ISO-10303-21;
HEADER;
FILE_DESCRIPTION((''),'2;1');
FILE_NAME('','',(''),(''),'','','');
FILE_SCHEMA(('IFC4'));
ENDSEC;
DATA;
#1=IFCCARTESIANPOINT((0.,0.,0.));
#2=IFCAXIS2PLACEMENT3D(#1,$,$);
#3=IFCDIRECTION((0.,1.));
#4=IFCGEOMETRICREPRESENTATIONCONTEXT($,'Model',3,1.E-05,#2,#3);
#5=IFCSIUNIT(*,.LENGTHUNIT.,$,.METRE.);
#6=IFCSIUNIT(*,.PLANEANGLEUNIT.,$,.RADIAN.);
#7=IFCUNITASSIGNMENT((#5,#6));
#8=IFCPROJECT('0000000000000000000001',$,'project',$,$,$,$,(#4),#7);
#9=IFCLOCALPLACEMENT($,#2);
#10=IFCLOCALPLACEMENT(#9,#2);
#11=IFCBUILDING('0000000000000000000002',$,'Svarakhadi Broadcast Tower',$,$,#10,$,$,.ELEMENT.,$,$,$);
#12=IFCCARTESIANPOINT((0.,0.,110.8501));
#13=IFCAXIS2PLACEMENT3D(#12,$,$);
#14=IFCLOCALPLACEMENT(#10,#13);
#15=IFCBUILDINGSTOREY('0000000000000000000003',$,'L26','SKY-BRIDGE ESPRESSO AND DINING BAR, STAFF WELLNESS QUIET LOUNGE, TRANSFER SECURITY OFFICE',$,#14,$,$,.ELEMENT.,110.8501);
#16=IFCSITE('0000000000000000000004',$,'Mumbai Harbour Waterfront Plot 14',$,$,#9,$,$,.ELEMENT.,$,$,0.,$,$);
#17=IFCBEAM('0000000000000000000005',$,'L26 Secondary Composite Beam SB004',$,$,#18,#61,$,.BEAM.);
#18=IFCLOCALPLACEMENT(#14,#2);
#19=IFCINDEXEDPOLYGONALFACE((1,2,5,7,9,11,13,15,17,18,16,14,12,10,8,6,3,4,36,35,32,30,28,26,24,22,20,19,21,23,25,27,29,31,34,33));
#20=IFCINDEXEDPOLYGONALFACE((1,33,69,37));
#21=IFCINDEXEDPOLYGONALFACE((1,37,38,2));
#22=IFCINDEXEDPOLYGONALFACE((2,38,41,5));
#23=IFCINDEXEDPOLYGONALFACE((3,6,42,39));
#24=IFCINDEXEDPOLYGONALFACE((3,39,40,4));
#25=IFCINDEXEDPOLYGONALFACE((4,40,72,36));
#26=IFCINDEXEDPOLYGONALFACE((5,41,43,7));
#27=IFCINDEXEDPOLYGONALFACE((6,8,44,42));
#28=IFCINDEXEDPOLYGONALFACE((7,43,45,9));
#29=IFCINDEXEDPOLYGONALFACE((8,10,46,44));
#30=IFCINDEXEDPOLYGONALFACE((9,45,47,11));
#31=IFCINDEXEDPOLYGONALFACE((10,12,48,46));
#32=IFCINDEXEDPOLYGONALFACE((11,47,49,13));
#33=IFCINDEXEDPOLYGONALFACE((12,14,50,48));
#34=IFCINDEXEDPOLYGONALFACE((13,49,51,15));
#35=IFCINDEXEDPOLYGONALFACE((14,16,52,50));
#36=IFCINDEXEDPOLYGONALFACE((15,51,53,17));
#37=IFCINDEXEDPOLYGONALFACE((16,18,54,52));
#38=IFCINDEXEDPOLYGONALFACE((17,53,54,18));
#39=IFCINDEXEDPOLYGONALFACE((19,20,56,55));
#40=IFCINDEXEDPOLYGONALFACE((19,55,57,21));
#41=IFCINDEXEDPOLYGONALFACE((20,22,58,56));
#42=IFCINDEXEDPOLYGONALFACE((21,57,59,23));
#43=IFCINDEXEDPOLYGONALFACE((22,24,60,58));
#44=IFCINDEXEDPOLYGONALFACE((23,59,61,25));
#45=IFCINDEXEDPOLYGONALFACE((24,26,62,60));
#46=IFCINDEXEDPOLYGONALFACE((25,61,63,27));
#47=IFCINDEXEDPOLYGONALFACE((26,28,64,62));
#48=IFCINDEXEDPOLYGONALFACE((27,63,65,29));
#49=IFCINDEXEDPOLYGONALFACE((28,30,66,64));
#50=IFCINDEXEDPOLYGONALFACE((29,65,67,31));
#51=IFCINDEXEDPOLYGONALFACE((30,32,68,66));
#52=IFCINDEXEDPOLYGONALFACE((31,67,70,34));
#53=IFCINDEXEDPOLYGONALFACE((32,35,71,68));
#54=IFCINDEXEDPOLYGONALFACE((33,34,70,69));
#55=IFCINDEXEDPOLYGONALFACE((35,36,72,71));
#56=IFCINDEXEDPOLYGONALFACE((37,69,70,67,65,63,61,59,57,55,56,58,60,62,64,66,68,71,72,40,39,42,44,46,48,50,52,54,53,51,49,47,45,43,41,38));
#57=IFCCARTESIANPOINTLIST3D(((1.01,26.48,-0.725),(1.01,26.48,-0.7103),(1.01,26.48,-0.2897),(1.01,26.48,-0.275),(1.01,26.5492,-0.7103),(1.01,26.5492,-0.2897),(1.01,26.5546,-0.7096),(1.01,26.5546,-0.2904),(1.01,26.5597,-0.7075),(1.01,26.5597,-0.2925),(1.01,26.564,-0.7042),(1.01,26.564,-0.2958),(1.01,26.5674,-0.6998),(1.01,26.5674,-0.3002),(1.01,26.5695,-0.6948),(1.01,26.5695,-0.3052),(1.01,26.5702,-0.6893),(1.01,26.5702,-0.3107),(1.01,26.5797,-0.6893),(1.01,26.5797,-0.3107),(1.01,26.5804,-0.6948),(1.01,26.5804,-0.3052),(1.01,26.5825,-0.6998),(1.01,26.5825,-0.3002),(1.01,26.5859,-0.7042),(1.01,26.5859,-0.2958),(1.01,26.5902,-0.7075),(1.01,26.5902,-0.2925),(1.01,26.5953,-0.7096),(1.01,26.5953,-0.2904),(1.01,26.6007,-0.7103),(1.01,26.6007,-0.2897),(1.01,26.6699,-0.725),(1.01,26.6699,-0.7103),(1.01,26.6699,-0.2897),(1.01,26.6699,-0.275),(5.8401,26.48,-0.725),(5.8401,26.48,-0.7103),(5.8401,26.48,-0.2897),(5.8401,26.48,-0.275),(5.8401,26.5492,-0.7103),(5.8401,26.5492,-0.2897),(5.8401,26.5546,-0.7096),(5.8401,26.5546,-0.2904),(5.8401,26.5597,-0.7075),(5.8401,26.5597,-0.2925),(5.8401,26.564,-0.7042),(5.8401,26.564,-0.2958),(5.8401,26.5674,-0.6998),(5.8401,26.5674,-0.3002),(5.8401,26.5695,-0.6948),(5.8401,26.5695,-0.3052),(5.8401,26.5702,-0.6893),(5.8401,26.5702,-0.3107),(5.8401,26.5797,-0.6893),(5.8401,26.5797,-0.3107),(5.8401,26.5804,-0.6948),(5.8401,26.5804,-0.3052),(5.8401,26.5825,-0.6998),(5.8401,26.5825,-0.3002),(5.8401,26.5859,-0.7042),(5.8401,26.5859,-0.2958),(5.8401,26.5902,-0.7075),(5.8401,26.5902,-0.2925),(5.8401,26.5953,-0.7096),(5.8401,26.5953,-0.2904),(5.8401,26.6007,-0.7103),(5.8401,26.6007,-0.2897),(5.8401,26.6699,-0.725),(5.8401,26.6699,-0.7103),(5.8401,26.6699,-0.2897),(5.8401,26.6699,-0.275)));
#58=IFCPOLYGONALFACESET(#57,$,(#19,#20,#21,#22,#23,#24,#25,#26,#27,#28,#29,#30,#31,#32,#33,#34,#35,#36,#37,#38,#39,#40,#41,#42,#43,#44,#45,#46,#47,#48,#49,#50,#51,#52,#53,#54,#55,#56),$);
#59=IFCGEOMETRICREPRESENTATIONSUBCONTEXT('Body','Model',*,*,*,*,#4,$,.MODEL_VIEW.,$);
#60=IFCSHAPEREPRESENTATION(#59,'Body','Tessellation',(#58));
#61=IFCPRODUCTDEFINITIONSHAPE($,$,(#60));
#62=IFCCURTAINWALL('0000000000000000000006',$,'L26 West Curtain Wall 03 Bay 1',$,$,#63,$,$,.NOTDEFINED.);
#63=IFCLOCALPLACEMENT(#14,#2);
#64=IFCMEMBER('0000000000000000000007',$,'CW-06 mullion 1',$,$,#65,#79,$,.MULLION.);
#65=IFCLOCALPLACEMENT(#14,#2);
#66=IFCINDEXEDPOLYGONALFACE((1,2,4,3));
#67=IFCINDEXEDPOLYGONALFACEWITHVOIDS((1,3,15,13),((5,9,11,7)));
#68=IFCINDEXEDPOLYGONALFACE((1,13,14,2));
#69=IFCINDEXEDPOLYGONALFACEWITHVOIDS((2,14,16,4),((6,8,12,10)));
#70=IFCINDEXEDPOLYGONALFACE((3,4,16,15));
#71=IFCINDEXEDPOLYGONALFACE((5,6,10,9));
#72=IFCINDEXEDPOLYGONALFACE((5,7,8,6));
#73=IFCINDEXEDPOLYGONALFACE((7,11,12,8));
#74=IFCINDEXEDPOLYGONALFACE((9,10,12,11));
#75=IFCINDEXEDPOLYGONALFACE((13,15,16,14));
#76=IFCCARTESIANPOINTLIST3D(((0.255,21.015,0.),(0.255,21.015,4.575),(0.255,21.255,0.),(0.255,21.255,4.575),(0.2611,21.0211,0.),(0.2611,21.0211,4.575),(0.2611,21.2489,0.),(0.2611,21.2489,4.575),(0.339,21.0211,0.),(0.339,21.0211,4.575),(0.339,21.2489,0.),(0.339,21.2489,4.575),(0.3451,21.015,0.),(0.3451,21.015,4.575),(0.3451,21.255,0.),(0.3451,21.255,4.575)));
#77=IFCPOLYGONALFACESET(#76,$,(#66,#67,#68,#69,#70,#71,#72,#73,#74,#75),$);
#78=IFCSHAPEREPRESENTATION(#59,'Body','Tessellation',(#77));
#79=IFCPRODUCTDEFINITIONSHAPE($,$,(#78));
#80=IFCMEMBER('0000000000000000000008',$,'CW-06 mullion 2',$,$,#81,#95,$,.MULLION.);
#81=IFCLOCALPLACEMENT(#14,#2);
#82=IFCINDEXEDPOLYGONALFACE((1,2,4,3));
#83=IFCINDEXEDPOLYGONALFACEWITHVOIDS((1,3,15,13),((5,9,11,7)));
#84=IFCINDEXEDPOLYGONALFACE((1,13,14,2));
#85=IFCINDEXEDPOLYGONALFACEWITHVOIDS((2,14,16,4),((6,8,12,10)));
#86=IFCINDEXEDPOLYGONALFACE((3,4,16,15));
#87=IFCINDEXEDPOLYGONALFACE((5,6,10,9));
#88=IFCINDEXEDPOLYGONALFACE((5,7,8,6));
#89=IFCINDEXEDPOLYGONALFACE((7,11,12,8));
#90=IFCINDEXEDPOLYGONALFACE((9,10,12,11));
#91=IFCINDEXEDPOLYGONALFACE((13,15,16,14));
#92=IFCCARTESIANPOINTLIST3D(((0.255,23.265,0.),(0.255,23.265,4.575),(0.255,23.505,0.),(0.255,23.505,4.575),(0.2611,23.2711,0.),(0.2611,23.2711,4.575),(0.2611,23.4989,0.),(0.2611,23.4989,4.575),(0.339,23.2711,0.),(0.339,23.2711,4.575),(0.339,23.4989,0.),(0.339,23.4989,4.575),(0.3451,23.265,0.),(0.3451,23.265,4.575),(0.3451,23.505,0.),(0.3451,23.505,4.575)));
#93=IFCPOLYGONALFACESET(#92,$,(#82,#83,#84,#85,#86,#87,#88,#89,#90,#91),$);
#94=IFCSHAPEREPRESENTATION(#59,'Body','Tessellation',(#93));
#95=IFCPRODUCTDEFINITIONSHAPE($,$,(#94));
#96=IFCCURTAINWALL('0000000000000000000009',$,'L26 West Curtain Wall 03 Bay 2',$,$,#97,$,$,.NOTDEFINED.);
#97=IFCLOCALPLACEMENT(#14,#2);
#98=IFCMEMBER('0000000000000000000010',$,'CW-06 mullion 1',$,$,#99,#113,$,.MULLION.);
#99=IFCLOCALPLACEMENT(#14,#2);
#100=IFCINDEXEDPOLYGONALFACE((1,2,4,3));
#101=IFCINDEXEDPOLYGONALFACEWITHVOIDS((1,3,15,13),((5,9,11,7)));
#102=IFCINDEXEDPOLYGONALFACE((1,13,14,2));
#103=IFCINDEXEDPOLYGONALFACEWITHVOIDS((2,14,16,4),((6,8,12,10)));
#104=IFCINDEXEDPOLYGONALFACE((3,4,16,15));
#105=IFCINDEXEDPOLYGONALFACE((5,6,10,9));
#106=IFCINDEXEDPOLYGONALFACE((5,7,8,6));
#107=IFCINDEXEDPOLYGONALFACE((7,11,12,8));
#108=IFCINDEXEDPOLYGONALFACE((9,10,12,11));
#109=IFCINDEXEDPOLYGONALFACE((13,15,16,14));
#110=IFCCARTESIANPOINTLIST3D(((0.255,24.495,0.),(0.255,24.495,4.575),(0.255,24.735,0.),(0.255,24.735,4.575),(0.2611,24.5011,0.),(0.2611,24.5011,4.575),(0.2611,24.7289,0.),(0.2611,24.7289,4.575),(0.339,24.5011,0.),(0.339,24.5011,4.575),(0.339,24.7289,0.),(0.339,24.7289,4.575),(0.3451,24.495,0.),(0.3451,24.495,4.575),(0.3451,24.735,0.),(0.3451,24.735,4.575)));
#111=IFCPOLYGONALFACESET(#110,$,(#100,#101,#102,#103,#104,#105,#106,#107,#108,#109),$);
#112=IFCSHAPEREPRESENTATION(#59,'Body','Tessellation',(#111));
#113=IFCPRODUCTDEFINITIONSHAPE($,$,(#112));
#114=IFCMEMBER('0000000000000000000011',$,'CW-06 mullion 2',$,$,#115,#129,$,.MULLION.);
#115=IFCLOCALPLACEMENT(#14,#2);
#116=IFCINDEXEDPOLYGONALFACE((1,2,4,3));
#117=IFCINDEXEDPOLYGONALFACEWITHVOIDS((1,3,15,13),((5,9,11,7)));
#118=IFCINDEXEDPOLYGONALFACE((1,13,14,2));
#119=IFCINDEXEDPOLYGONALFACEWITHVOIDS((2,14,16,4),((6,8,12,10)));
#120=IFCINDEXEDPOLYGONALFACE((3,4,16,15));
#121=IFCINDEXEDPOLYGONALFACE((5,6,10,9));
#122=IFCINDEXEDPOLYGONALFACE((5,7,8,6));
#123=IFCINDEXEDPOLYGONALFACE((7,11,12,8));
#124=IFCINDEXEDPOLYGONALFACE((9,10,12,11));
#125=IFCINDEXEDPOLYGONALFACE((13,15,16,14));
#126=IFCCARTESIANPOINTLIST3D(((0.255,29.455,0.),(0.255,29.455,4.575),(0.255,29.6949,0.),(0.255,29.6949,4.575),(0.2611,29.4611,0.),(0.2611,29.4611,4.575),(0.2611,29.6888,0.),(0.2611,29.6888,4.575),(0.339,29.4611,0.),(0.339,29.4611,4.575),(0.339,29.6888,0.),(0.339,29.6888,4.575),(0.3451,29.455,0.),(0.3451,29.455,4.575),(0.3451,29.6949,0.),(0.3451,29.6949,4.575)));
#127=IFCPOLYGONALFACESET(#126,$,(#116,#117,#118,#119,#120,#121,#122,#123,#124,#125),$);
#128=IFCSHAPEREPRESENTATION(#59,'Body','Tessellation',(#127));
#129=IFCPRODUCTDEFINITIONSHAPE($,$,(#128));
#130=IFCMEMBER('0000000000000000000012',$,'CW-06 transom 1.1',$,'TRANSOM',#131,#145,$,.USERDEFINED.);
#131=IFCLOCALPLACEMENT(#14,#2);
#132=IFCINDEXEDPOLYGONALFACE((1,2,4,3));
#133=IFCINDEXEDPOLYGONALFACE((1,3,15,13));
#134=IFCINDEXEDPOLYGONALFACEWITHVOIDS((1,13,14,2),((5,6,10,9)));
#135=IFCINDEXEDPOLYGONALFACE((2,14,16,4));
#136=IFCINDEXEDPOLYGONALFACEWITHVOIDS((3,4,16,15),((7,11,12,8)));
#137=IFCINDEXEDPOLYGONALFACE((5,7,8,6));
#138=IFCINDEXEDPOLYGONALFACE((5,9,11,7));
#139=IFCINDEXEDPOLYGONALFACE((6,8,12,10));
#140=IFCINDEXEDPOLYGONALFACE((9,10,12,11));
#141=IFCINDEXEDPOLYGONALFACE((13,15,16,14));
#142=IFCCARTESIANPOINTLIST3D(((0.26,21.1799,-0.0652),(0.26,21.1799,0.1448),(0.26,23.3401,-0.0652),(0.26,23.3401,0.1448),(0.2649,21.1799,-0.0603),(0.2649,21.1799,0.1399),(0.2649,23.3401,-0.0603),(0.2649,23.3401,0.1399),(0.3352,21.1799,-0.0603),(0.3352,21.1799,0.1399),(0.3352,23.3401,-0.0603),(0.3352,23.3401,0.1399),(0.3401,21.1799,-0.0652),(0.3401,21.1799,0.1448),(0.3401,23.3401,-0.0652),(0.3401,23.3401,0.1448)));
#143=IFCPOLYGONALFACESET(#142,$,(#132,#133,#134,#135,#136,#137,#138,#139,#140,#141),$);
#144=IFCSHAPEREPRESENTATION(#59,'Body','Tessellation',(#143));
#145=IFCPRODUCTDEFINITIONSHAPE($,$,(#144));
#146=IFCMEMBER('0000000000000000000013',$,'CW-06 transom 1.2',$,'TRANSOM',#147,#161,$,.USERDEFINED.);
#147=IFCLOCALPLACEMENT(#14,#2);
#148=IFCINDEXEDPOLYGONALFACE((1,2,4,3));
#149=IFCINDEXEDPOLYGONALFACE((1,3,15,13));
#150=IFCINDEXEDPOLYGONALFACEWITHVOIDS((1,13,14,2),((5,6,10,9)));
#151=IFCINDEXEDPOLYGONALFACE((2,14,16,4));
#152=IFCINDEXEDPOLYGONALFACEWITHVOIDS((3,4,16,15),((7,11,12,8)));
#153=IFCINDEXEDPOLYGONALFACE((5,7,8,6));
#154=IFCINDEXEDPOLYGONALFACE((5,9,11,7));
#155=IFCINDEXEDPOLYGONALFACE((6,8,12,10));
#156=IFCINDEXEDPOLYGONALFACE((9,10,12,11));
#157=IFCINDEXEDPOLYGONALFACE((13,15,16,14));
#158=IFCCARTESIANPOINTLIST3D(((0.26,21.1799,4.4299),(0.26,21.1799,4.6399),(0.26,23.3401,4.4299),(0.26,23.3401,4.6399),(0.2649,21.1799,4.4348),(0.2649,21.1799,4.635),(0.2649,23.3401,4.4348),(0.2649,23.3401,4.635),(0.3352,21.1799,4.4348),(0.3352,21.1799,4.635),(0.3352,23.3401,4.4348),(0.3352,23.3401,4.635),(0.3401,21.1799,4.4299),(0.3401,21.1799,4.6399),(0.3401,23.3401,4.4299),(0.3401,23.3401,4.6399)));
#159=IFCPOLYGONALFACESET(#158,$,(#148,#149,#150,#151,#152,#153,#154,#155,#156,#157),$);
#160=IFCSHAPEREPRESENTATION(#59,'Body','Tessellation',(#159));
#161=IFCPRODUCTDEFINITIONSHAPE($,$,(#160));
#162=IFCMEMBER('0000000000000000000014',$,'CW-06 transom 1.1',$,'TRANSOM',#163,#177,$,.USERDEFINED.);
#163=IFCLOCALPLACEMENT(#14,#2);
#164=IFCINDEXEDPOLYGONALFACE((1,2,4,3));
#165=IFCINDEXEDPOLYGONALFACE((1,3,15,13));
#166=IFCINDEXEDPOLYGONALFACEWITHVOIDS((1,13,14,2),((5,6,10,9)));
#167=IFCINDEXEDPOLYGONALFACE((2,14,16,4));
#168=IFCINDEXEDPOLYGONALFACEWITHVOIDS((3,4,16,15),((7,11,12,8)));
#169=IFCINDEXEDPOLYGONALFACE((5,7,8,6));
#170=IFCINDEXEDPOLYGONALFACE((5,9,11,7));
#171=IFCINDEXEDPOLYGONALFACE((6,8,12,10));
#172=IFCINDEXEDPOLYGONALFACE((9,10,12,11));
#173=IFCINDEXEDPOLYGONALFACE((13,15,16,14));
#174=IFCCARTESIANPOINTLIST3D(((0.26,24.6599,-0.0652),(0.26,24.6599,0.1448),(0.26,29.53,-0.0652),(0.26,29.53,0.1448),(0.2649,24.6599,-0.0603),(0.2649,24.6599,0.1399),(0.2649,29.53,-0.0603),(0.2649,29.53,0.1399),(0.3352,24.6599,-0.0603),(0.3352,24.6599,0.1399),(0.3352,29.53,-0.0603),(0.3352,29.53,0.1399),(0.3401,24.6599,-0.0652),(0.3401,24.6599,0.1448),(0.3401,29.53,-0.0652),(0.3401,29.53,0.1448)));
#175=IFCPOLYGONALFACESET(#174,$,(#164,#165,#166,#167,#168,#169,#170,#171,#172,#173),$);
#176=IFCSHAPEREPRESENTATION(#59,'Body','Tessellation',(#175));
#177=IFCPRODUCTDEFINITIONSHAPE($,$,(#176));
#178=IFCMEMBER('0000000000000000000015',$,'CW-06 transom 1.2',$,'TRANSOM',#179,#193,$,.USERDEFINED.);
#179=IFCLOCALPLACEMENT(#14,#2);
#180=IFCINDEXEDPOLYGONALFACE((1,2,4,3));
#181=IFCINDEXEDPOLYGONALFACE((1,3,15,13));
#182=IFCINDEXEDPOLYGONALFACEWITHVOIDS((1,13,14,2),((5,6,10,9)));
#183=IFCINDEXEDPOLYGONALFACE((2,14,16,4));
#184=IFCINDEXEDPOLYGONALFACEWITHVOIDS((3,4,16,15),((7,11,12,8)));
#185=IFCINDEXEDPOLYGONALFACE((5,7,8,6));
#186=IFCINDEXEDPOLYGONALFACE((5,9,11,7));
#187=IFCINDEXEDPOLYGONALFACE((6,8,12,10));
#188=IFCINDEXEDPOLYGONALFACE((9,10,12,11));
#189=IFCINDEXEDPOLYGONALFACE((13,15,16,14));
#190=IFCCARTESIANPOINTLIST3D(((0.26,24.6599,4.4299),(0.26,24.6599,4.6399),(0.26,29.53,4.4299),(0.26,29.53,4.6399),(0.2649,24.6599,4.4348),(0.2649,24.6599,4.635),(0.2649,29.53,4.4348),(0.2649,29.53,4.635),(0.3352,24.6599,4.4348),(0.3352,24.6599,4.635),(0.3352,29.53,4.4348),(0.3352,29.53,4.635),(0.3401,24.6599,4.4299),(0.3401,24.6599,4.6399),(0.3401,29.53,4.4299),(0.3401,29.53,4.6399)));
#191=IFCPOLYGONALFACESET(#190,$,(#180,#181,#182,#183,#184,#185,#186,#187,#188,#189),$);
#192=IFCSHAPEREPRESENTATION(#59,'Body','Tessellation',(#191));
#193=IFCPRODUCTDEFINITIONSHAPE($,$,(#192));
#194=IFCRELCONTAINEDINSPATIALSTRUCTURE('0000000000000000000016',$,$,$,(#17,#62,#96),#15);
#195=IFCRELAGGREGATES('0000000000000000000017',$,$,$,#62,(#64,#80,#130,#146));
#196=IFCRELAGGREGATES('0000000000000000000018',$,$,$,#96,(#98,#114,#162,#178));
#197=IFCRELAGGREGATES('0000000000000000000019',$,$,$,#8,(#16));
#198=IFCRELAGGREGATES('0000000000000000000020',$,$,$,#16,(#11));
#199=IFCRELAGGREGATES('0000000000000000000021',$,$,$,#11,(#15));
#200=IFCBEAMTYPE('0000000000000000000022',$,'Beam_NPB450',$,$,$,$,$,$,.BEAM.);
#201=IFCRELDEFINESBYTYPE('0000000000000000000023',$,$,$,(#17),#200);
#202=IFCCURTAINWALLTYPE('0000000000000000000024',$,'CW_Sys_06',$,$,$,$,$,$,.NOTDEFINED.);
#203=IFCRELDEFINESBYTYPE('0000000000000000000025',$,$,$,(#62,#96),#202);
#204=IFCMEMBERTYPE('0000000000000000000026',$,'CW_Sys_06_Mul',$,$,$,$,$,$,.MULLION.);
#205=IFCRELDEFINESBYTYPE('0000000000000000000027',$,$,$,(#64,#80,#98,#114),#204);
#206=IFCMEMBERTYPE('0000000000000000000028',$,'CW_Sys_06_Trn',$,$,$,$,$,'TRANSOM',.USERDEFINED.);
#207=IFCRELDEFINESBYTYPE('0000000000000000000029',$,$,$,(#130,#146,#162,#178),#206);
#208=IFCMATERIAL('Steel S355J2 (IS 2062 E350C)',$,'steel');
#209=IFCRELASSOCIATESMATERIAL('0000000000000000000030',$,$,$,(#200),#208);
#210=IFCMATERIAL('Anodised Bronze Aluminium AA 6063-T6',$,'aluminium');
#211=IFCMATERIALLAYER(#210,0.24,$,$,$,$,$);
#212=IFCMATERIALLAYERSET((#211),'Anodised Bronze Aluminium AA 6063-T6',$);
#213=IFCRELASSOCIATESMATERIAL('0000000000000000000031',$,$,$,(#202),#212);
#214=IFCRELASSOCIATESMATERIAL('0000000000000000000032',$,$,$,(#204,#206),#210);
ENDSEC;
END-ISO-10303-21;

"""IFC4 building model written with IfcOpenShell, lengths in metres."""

from ifc_helpers import new_model, si_unit, direction, frame, origin, origin_2d, place, context, subcontext, project, spatial, hollow_rectangle, i_section, extrude, material, layer, layer_set, material_profile, profile_set, type_object, element, aggregate, save


model = new_model("IFC4")

# Units and contexts
model_context = context("Model", 3, precision=1e-05, world=origin(), true_north=direction((0.0, 1.0)))
body_context = subcontext(model_context, "Body", "Model", "MODEL_VIEW")
ifc_project = project(units=[si_unit("LENGTHUNIT", "METRE"), si_unit("PLANEANGLEUNIT", "RADIAN")], contexts=[model_context])

# Site, building, storey
site_placement = place(None, origin())
site = spatial("IfcSite", under=ifc_project, at=site_placement, Name="Mumbai Harbour Waterfront Plot 14", CompositionType="ELEMENT", RefElevation=0.0)
building_placement = place(site_placement, origin())
building = spatial("IfcBuilding", under=site, at=building_placement, Name="Svarakhadi Broadcast Tower", CompositionType="ELEMENT")
storey_placement = place(building_placement, frame((0.0, 0.0, 110.8501)))
storey = spatial("IfcBuildingStorey", under=building, at=storey_placement, Name="L26", Description="SKY-BRIDGE ESPRESSO AND DINING BAR, STAFF WELLNESS QUIET LOUNGE, TRANSFER SECURITY OFFICE", CompositionType="ELEMENT", Elevation=110.8501)

# Beam
ifc_material_1 = material(Name="Steel S355J2 (IS 2062 E350C)", Category="steel")
ifc_material_profile_1 = material_profile(ifc_material_1, i_section(OverallWidth=0.1899, OverallDepth=0.45, WebThickness=0.0095, FlangeThickness=0.0146, FilletRadius=0.021, at=origin_2d()), Name="NPB 450x190x78")
ifc_profile_set_1 = profile_set([ifc_material_profile_1], Name="Steel S355J2 (IS 2062 E350C)")
beam_type_1 = type_object("IfcBeamType", Name="Beam_NPB450", PredefinedType="BEAM", material=ifc_profile_set_1)
for number, where, z_axis, x_axis, name in (
    (1, (1.01, 26.575, -0.5), (1.0, 0.0, 0.0), (0.0, 1.0, 0.0), "L26 Secondary Composite Beam SB004"),
):
    element("IfcBeam", number, at=place(storey_placement, frame(where, z_axis=z_axis, x_axis=x_axis)), inside=storey, type_object=beam_type_1, Name=name, PredefinedType="BEAM", context=body_context, shape_type="SweptSolid", body=[
        extrude(i_section(OverallWidth=0.1899, OverallDepth=0.45, WebThickness=0.0095, FlangeThickness=0.0146, FilletRadius=0.021, at=origin_2d()), origin(), (0.0, 0.0, 1.0), 4.8301),
    ])

# Curtain walls, members
ifc_material_2 = material(Name="Anodised Bronze Aluminium AA 6063-T6", Category="aluminium")
ifc_layer_1 = layer(ifc_material_2, 0.24)
ifc_layer_set_1 = layer_set([ifc_layer_1], Name="Anodised Bronze Aluminium AA 6063-T6")
curtain_wall_type = type_object("IfcCurtainWallType", Name="CW_Sys_06", PredefinedType="NOTDEFINED", material=ifc_layer_set_1)
curtain_wall_1_placement = place(storey_placement, origin())
curtain_wall_1 = element("IfcCurtainWall", 2, at=curtain_wall_1_placement, inside=storey, type_object=curtain_wall_type, Name="L26 West Curtain Wall 03 Bay 1", PredefinedType="NOTDEFINED")
ifc_material_profile_2 = material_profile(ifc_material_2, hollow_rectangle(XDim=0.0901, YDim=0.24, WallThickness=0.0061, at=origin_2d()), Name="ALU MULLION 240x90x6")
ifc_profile_set_2 = profile_set([ifc_material_profile_2], Name="Anodised Bronze Aluminium AA 6063-T6")
member_type_1 = type_object("IfcMemberType", Name="CW_Sys_06_Mul", PredefinedType="MULLION", material=ifc_profile_set_2)
member_1_placement = place(storey_placement, frame((0.3, 21.135, 0.0), z_axis=(0.0, 0.0, 1.0), x_axis=(-1.0, 0.0, 0.0)))
member_1 = element("IfcMember", 3, at=member_1_placement, type_object=member_type_1, Name="CW-06 mullion 1", PredefinedType="MULLION", context=body_context, shape_type="SweptSolid", body=[
    extrude(hollow_rectangle(XDim=0.0901, YDim=0.24, WallThickness=0.0061, at=origin_2d()), origin(), (0.0, 0.0, 1.0), 4.575),
])
member_2_placement = place(storey_placement, frame((0.3, 23.385, 0.0), z_axis=(0.0, 0.0, 1.0), x_axis=(-1.0, 0.0, 0.0)))
member_2 = element("IfcMember", 4, at=member_2_placement, type_object=member_type_1, Name="CW-06 mullion 2", PredefinedType="MULLION", context=body_context, shape_type="SweptSolid", body=[
    extrude(hollow_rectangle(XDim=0.0901, YDim=0.24, WallThickness=0.0061, at=origin_2d()), origin(), (0.0, 0.0, 1.0), 4.575),
])
curtain_wall_2_placement = place(storey_placement, origin())
curtain_wall_2 = element("IfcCurtainWall", 5, at=curtain_wall_2_placement, inside=storey, type_object=curtain_wall_type, Name="L26 West Curtain Wall 03 Bay 2", PredefinedType="NOTDEFINED")
member_3_placement = place(storey_placement, frame((0.3, 24.615, 0.0), z_axis=(0.0, 0.0, 1.0), x_axis=(-1.0, 0.0, 0.0)))
member_3 = element("IfcMember", 6, at=member_3_placement, type_object=member_type_1, Name="CW-06 mullion 1", PredefinedType="MULLION", context=body_context, shape_type="SweptSolid", body=[
    extrude(hollow_rectangle(XDim=0.0901, YDim=0.24, WallThickness=0.0061, at=origin_2d()), origin(), (0.0, 0.0, 1.0), 4.575),
])
member_4_placement = place(storey_placement, frame((0.3, 29.575, 0.0), z_axis=(0.0, 0.0, 1.0), x_axis=(-1.0, 0.0, 0.0)))
member_4 = element("IfcMember", 7, at=member_4_placement, type_object=member_type_1, Name="CW-06 mullion 2", PredefinedType="MULLION", context=body_context, shape_type="SweptSolid", body=[
    extrude(hollow_rectangle(XDim=0.0901, YDim=0.24, WallThickness=0.0061, at=origin_2d()), origin(), (0.0, 0.0, 1.0), 4.575),
])

# Members
ifc_material_profile_3 = material_profile(ifc_material_2, hollow_rectangle(XDim=0.0801, YDim=0.21, WallThickness=0.0049, at=origin_2d()), Name="ALU TRANSOM 210x80x5")
ifc_profile_set_3 = profile_set([ifc_material_profile_3], Name="Anodised Bronze Aluminium AA 6063-T6")
member_type_2 = type_object("IfcMemberType", Name="CW_Sys_06_Trn", ElementType="TRANSOM", PredefinedType="USERDEFINED", material=ifc_profile_set_3)
member_5_placement = place(storey_placement, frame((0.3, 21.1799, 0.0398), z_axis=(0.0, 1.0, 0.0), x_axis=(-1.0, 0.0, 0.0)))
member_5 = element("IfcMember", 8, at=member_5_placement, type_object=member_type_2, Name="CW-06 transom 1.1", ObjectType="TRANSOM", PredefinedType="USERDEFINED", context=body_context, shape_type="SweptSolid", body=[
    extrude(hollow_rectangle(XDim=0.0801, YDim=0.21, WallThickness=0.0049, at=origin_2d()), origin(), (0.0, 0.0, 1.0), 2.1602),
])
member_6_placement = place(storey_placement, frame((0.3, 21.1799, 4.5349), z_axis=(0.0, 1.0, 0.0), x_axis=(-1.0, 0.0, 0.0)))
member_6 = element("IfcMember", 9, at=member_6_placement, type_object=member_type_2, Name="CW-06 transom 1.2", ObjectType="TRANSOM", PredefinedType="USERDEFINED", context=body_context, shape_type="SweptSolid", body=[
    extrude(hollow_rectangle(XDim=0.0801, YDim=0.21, WallThickness=0.0049, at=origin_2d()), origin(), (0.0, 0.0, 1.0), 2.1602),
])
member_7_placement = place(storey_placement, frame((0.3, 24.6599, 0.0398), z_axis=(0.0, 1.0, 0.0), x_axis=(-1.0, 0.0, 0.0)))
member_7 = element("IfcMember", 10, at=member_7_placement, type_object=member_type_2, Name="CW-06 transom 1.1", ObjectType="TRANSOM", PredefinedType="USERDEFINED", context=body_context, shape_type="SweptSolid", body=[
    extrude(hollow_rectangle(XDim=0.0801, YDim=0.21, WallThickness=0.0049, at=origin_2d()), origin(), (0.0, 0.0, 1.0), 4.8701),
])
member_8_placement = place(storey_placement, frame((0.3, 24.6599, 4.5349), z_axis=(0.0, 1.0, 0.0), x_axis=(-1.0, 0.0, 0.0)))
member_8 = element("IfcMember", 11, at=member_8_placement, type_object=member_type_2, Name="CW-06 transom 1.2", ObjectType="TRANSOM", PredefinedType="USERDEFINED", context=body_context, shape_type="SweptSolid", body=[
    extrude(hollow_rectangle(XDim=0.0801, YDim=0.21, WallThickness=0.0049, at=origin_2d()), origin(), (0.0, 0.0, 1.0), 4.8701),
])

aggregate(curtain_wall_1, [member_1, member_2, member_5, member_6])
aggregate(curtain_wall_2, [member_3, member_4, member_7, member_8])

save(model, "model.ifc")
